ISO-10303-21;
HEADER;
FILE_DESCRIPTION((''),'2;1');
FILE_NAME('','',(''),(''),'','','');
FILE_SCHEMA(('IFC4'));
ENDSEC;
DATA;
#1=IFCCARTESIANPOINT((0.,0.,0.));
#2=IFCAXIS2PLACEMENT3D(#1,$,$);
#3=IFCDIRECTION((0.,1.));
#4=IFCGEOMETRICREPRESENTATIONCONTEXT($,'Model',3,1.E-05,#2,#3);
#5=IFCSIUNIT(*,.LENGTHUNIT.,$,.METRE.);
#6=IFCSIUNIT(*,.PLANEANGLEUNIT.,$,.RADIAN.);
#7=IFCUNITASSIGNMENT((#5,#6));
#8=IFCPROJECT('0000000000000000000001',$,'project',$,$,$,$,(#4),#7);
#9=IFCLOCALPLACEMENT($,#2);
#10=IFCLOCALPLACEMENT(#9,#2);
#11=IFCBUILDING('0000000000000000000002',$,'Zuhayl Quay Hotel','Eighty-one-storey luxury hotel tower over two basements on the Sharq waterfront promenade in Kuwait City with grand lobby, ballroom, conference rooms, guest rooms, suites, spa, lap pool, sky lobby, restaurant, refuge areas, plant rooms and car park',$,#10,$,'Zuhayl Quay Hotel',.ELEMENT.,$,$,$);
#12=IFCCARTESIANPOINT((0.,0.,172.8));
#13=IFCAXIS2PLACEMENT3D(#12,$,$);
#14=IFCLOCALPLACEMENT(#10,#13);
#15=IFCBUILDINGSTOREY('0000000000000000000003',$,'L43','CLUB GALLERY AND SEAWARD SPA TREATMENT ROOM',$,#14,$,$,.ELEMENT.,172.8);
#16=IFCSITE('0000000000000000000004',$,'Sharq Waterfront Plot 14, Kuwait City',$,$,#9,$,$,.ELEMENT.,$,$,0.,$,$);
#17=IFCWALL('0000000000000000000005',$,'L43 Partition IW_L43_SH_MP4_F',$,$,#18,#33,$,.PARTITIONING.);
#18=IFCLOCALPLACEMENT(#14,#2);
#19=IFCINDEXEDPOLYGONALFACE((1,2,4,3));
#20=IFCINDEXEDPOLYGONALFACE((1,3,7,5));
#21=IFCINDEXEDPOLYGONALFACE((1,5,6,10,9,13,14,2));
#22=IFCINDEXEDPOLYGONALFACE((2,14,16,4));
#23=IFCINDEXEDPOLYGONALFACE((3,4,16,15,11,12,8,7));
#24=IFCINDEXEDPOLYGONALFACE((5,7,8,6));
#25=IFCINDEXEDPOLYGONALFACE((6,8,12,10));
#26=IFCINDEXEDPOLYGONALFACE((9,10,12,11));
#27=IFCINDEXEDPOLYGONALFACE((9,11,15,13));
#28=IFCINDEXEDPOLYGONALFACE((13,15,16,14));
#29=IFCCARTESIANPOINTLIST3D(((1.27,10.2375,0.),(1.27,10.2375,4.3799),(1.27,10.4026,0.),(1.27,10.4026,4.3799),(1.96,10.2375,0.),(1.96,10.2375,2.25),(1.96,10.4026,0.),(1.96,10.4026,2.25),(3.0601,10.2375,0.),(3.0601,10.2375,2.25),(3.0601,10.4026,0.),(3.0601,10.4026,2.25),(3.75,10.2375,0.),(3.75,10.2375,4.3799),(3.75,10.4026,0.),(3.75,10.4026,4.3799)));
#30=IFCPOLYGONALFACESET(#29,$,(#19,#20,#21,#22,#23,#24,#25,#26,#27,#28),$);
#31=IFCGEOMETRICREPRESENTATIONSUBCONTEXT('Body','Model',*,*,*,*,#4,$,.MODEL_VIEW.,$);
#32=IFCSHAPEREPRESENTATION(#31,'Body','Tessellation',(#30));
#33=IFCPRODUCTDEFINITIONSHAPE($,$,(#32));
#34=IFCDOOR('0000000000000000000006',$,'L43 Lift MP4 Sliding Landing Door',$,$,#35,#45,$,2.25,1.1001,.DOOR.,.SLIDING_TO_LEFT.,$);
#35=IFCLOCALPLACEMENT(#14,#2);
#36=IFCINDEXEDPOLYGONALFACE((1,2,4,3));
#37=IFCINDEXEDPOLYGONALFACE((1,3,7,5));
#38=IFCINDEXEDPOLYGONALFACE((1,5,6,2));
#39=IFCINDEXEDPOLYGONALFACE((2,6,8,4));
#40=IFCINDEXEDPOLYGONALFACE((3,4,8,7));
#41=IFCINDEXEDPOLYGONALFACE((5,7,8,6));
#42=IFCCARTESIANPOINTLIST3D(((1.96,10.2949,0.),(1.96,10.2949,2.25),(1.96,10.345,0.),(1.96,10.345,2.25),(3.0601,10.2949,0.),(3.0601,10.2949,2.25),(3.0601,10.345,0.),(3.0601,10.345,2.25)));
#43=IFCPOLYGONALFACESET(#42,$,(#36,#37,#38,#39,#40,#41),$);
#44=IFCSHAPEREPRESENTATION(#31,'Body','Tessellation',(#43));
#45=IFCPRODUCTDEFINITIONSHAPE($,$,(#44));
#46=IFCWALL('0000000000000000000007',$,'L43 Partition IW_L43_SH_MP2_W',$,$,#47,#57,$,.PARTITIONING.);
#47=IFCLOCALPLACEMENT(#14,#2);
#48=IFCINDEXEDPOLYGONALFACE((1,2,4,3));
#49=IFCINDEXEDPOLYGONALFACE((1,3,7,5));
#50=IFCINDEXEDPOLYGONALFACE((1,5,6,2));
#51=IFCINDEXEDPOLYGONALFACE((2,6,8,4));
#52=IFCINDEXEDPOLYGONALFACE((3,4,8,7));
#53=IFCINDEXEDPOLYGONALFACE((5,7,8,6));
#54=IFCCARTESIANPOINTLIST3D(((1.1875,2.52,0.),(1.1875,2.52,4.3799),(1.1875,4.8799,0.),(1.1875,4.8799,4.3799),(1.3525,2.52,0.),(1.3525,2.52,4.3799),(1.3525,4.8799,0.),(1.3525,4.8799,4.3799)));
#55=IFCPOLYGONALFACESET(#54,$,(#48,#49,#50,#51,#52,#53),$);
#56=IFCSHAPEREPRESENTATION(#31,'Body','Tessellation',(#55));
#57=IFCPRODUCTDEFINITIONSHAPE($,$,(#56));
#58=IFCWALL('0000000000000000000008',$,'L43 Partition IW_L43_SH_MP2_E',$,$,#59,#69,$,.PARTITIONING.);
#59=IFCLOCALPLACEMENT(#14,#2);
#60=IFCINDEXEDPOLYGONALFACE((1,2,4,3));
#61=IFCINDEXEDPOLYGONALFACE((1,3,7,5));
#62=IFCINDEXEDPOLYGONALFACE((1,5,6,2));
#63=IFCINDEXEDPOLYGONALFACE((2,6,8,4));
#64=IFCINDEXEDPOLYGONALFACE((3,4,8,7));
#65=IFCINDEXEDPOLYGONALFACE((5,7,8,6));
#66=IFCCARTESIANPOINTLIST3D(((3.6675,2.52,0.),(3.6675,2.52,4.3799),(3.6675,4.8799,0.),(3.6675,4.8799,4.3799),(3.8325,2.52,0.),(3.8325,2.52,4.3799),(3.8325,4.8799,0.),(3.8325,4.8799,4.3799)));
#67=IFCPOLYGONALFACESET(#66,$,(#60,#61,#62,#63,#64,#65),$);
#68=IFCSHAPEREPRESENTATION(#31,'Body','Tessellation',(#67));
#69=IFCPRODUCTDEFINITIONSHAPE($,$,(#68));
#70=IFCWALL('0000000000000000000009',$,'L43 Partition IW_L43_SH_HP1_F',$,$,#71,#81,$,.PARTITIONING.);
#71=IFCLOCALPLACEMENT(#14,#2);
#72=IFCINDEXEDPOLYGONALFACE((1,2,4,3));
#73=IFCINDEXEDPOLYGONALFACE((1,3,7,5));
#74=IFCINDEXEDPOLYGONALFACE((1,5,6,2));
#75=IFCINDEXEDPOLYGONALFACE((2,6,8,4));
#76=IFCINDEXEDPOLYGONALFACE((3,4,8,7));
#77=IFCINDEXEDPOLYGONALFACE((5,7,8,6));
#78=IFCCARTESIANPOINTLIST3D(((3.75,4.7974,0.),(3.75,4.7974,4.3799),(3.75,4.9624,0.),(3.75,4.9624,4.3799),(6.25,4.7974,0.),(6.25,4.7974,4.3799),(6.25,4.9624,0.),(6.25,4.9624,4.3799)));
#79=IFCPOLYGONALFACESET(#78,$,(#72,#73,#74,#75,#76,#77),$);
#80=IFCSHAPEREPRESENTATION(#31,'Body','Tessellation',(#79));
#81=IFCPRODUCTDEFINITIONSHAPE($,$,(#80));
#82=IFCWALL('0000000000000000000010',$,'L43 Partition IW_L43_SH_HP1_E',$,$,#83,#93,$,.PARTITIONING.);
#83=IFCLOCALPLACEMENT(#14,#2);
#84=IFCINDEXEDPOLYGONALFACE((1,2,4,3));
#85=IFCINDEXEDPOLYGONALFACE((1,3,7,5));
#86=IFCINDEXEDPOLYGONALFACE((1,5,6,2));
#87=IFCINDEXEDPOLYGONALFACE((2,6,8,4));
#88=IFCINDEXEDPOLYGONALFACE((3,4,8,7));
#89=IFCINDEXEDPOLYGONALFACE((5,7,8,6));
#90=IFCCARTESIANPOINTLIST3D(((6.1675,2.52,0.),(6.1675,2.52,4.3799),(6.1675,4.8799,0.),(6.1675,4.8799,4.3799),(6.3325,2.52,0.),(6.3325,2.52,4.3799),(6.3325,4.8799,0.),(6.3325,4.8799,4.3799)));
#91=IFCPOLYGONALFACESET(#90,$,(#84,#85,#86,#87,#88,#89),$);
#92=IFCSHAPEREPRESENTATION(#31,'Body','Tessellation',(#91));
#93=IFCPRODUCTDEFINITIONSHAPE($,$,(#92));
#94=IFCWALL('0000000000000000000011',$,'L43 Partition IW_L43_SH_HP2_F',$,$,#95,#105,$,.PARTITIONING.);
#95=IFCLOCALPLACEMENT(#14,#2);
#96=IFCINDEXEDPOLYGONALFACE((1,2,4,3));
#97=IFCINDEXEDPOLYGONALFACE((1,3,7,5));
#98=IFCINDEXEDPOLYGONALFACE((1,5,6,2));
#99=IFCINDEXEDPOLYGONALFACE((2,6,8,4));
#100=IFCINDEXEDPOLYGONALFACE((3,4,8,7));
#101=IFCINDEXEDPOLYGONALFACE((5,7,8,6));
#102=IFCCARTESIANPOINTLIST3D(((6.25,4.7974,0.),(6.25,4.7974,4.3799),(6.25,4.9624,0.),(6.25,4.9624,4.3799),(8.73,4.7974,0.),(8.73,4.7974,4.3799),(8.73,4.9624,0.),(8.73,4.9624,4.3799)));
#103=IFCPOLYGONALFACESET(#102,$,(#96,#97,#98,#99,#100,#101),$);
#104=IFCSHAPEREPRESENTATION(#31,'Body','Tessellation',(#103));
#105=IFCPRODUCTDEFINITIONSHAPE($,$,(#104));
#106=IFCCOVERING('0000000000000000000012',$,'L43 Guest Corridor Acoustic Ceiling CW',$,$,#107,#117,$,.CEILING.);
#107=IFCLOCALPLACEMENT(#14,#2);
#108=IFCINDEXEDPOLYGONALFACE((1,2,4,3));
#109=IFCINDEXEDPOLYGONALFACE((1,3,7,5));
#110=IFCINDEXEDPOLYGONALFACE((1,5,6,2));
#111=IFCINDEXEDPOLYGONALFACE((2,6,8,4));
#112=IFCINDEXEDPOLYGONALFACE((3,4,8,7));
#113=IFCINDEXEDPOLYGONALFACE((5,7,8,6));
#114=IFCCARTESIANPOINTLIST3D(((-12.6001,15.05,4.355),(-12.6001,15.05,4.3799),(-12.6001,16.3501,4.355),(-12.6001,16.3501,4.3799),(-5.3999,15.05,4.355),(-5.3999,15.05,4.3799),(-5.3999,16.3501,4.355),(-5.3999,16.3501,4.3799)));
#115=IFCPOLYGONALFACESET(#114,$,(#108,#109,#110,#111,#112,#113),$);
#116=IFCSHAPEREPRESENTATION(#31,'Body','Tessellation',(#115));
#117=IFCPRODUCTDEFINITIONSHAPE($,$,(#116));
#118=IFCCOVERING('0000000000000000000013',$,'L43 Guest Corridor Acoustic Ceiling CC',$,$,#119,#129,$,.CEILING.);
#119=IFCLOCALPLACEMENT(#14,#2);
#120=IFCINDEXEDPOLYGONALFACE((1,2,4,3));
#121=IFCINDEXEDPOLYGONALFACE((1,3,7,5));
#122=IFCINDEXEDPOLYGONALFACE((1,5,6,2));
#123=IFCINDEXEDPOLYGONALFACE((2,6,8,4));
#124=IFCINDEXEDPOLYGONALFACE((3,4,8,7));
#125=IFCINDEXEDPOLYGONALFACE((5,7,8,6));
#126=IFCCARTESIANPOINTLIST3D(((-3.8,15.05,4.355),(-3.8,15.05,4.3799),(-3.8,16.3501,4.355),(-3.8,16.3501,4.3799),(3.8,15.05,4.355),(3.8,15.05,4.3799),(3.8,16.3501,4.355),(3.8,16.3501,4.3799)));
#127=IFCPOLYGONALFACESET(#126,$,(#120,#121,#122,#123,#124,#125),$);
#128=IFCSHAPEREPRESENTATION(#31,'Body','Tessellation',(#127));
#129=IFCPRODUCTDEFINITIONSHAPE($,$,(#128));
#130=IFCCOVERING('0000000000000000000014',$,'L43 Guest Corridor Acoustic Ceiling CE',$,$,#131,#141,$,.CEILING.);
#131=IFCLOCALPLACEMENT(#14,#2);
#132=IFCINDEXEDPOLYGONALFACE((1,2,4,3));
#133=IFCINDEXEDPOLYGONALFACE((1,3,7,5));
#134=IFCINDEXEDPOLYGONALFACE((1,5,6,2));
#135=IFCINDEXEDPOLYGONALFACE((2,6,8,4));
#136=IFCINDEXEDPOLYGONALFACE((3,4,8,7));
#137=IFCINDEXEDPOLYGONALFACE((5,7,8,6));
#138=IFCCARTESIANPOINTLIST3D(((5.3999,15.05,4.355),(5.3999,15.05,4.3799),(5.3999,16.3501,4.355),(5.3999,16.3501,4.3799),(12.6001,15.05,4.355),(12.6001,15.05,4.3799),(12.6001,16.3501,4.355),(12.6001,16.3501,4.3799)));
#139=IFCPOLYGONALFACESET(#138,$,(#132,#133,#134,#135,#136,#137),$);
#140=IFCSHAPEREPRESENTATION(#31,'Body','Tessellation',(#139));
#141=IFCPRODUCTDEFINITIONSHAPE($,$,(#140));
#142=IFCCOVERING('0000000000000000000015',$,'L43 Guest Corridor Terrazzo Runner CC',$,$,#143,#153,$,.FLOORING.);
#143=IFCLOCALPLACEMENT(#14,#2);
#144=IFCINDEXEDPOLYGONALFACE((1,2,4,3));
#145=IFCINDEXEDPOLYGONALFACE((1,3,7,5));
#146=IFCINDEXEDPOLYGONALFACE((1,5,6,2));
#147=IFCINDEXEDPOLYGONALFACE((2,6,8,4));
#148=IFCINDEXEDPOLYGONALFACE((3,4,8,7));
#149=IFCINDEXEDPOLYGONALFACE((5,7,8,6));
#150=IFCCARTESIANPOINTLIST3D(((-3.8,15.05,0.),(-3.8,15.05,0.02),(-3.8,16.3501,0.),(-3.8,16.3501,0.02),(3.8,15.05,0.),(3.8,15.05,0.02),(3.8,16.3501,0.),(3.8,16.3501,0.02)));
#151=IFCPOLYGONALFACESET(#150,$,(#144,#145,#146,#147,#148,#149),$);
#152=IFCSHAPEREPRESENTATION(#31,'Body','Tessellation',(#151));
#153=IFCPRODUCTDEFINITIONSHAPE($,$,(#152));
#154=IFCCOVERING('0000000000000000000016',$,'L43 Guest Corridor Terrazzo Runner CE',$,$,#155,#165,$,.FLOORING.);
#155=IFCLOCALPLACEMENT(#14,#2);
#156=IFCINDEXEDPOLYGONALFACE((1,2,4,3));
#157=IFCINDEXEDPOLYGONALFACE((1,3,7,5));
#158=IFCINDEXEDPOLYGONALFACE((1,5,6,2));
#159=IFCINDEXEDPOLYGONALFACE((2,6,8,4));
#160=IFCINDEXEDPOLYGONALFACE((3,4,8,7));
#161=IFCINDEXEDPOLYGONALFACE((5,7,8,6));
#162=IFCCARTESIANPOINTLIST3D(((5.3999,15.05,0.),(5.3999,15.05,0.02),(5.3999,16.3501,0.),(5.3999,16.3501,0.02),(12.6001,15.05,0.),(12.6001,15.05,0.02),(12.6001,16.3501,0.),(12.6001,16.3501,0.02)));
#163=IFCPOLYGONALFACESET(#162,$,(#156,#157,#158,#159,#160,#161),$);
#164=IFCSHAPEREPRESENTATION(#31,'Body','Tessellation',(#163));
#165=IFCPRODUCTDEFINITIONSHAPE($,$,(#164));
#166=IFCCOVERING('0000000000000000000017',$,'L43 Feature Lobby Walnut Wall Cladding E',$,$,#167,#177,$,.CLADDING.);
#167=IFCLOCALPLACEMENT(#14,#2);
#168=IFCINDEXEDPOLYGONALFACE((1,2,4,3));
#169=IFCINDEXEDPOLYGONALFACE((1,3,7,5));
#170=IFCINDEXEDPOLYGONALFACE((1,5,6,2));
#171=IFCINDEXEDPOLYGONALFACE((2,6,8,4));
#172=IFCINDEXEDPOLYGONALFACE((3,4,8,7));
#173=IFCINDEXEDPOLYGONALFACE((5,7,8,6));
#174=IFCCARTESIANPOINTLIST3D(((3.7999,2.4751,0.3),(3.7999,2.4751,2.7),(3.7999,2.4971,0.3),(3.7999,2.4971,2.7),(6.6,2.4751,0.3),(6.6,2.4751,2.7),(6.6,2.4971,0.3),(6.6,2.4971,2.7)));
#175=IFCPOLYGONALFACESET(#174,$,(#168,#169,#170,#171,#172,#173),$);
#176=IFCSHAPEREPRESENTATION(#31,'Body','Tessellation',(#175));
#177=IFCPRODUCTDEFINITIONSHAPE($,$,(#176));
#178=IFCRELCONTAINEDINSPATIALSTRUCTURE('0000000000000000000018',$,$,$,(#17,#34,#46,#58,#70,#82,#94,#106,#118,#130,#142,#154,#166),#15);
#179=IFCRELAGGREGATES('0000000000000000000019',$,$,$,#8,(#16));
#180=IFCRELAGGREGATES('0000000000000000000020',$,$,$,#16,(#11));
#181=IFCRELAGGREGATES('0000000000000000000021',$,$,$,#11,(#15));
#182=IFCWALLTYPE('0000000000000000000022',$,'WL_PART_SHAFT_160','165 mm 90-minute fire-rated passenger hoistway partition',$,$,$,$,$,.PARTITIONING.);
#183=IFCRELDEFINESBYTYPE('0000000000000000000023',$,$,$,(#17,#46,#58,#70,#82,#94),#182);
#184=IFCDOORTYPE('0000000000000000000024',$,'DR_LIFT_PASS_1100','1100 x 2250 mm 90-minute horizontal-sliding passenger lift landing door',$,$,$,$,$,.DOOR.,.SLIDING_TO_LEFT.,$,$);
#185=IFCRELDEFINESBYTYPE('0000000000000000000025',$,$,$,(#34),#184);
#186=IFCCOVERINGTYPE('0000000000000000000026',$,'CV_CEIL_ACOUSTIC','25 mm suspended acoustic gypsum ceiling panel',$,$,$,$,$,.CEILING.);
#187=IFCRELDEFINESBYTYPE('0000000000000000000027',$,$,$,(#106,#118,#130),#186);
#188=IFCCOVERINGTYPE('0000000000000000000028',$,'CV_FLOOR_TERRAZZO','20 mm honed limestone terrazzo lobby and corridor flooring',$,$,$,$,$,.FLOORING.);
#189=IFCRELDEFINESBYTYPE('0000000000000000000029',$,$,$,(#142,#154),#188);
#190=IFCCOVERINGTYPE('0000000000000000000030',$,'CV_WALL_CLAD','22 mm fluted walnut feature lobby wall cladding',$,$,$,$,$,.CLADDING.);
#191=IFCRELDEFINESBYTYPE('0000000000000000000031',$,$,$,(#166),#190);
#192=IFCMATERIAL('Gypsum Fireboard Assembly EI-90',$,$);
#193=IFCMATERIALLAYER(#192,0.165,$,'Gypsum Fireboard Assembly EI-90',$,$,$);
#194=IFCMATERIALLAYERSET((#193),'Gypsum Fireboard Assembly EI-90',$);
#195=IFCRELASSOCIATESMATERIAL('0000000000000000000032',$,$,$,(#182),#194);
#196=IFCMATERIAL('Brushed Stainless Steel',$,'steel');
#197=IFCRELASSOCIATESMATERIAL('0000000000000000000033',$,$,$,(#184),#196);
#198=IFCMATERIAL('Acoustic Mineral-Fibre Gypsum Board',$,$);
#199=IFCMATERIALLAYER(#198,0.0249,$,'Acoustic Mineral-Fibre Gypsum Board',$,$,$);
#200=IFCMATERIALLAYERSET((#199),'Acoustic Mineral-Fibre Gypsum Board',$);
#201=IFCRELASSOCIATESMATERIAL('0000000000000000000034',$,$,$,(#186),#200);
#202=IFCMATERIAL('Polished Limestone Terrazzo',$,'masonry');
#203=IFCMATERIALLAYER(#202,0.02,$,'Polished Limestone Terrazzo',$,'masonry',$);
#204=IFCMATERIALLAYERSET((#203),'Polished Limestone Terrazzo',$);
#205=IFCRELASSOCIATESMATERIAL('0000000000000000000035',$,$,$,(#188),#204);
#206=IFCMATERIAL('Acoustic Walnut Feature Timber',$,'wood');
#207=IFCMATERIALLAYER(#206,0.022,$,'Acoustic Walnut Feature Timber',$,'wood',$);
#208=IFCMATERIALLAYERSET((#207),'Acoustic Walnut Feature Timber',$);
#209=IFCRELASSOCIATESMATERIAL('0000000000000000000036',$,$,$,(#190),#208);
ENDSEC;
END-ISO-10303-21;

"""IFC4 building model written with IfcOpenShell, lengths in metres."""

from ifc_helpers import new_model, si_unit, direction, frame, frame_2d, origin, origin_2d, place, context, subcontext, project, spatial, polyline, rectangle, outline, extrude, material, layer, layer_set, type_object, element, fill, save


model = new_model("IFC4")

# Units and contexts
model_context = context("Model", 3, precision=1e-05, world=origin(), true_north=direction((0.0, 1.0)))
body_context = subcontext(model_context, "Body", "Model", "MODEL_VIEW")
ifc_project = project(units=[si_unit("LENGTHUNIT", "METRE"), si_unit("PLANEANGLEUNIT", "RADIAN")], contexts=[model_context])

# Site, building, storey
site_placement = place(None, origin())
site = spatial("IfcSite", under=ifc_project, at=site_placement, Name="Sharq Waterfront Plot 14, Kuwait City", CompositionType="ELEMENT", RefElevation=0.0)
building_placement = place(site_placement, origin())
building = spatial("IfcBuilding", under=site, at=building_placement, Name="Zuhayl Quay Hotel", Description="Eighty-one-storey luxury hotel tower over two basements on the Sharq waterfront promenade in Kuwait City with grand lobby, ballroom, conference rooms, guest rooms, suites, spa, lap pool, sky lobby, restaurant, refuge areas, plant rooms and car park", LongName="Zuhayl Quay Hotel", CompositionType="ELEMENT")
storey_placement = place(building_placement, frame((0.0, 0.0, 172.8)))
storey = spatial("IfcBuildingStorey", under=building, at=storey_placement, Name="L43", Description="CLUB GALLERY AND SEAWARD SPA TREATMENT ROOM", CompositionType="ELEMENT", Elevation=172.8)

# Wall, opening, door
ifc_material_1 = material(Name="Gypsum Fireboard Assembly EI-90")
ifc_layer_1 = layer(ifc_material_1, 0.165, Name="Gypsum Fireboard Assembly EI-90")
ifc_layer_set_1 = layer_set([ifc_layer_1], Name="Gypsum Fireboard Assembly EI-90")
wall_type_1 = type_object("IfcWallType", Name="WL_PART_SHAFT_160", Description="165 mm 90-minute fire-rated passenger hoistway partition", PredefinedType="PARTITIONING", material=ifc_layer_set_1)
ifc_material_2 = material(Name="Brushed Stainless Steel", Category="steel")
door_type_1 = type_object("IfcDoorType", Name="DR_LIFT_PASS_1100", Description="1100 x 2250 mm 90-minute horizontal-sliding passenger lift landing door", OperationType="SLIDING_TO_LEFT", PredefinedType="DOOR", material=ifc_material_2)
wall_1_placement = place(storey_placement, frame((1.27, 10.3201, 0.0), z_axis=(0.0, 0.0, 1.0), x_axis=(1.0, 0.0, 0.0)))
wall_1 = element("IfcWall", 1, at=wall_1_placement, inside=storey, type_object=wall_type_1, Name="L43 Partition IW_L43_SH_MP4_F", PredefinedType="PARTITIONING", context=body_context, shape_type="SweptSolid", body=[
    extrude(rectangle(XDim=2.48, YDim=0.165, at=frame_2d((1.24, 0.0))), origin(), (0.0, 0.0, 1.0), 4.3799),
])
opening_1_placement = place(wall_1_placement, frame((0.6899, 0.0, 0.0)))
opening_1 = element("IfcOpeningElement", 2, at=opening_1_placement, cuts=wall_1, PredefinedType="OPENING", context=body_context, shape_type="SweptSolid", body=[
    extrude(rectangle(XDim=1.1001, YDim=2.25, at=frame_2d((0.55, 1.125))), frame((0.0, 0.0925, 0.0), z_axis=(0.0, -1.0, 0.0), x_axis=(1.0, 0.0, 0.0)), (0.0, 0.0, 1.0), 0.1851),
])
door_1_placement = place(opening_1_placement, origin())
door_1 = element("IfcDoor", 3, at=door_1_placement, inside=storey, type_object=door_type_1, Name="L43 Lift MP4 Sliding Landing Door", OperationType="SLIDING_TO_LEFT", OverallHeight=2.25, OverallWidth=1.1001, PredefinedType="DOOR", context=body_context, shape_type="SweptSolid", body=[
    extrude(rectangle(XDim=1.1001, YDim=2.25, at=frame_2d((0.55, 1.125))), frame((0.0, 0.0249, 0.0), z_axis=(0.0, -1.0, 0.0), x_axis=(1.0, 0.0, 0.0)), (0.0, 0.0, 1.0), 0.05),
])
fill(opening_1, door_1)

# Walls
for number, where, z_axis, x_axis, name in (
    (4, (1.27, 2.52, 0.0), (0.0, 0.0, 1.0), (0.0, 1.0, 0.0), "L43 Partition IW_L43_SH_MP2_W"),
    (5, (3.75, 2.52, 0.0), (0.0, 0.0, 1.0), (0.0, 1.0, 0.0), "L43 Partition IW_L43_SH_MP2_E"),
):
    element("IfcWall", number, at=place(storey_placement, frame(where, z_axis=z_axis, x_axis=x_axis)), inside=storey, type_object=wall_type_1, Name=name, PredefinedType="PARTITIONING", context=body_context, shape_type="SweptSolid", body=[
        extrude(rectangle(XDim=2.3599, YDim=0.165, at=frame_2d((1.1799, 0.0))), origin(), (0.0, 0.0, 1.0), 4.3799),
    ])
wall_2_placement = place(storey_placement, frame((3.75, 4.8799, 0.0), z_axis=(0.0, 0.0, 1.0), x_axis=(1.0, 0.0, 0.0)))
element("IfcWall", 6, at=wall_2_placement, inside=storey, type_object=wall_type_1, Name="L43 Partition IW_L43_SH_HP1_F", PredefinedType="PARTITIONING", context=body_context, shape_type="SweptSolid", body=[
    extrude(rectangle(XDim=2.5, YDim=0.165, at=frame_2d((1.25, 0.0))), origin(), (0.0, 0.0, 1.0), 4.3799),
])
wall_3_placement = place(storey_placement, frame((6.25, 2.52, 0.0), z_axis=(0.0, 0.0, 1.0), x_axis=(0.0, 1.0, 0.0)))
element("IfcWall", 7, at=wall_3_placement, inside=storey, type_object=wall_type_1, Name="L43 Partition IW_L43_SH_HP1_E", PredefinedType="PARTITIONING", context=body_context, shape_type="SweptSolid", body=[
    extrude(rectangle(XDim=2.3599, YDim=0.165, at=frame_2d((1.1799, 0.0))), origin(), (0.0, 0.0, 1.0), 4.3799),
])
wall_4_placement = place(storey_placement, frame((6.25, 4.8799, 0.0), z_axis=(0.0, 0.0, 1.0), x_axis=(1.0, 0.0, 0.0)))
element("IfcWall", 8, at=wall_4_placement, inside=storey, type_object=wall_type_1, Name="L43 Partition IW_L43_SH_HP2_F", PredefinedType="PARTITIONING", context=body_context, shape_type="SweptSolid", body=[
    extrude(rectangle(XDim=2.48, YDim=0.165, at=frame_2d((1.24, 0.0))), origin(), (0.0, 0.0, 1.0), 4.3799),
])

# Coverings
ifc_material_3 = material(Name="Acoustic Mineral-Fibre Gypsum Board")
ifc_layer_2 = layer(ifc_material_3, 0.0249, Name="Acoustic Mineral-Fibre Gypsum Board")
ifc_layer_set_2 = layer_set([ifc_layer_2], Name="Acoustic Mineral-Fibre Gypsum Board")
covering_type_1 = type_object("IfcCoveringType", Name="CV_CEIL_ACOUSTIC", Description="25 mm suspended acoustic gypsum ceiling panel", PredefinedType="CEILING", material=ifc_layer_set_2)
covering_1_placement = place(storey_placement, frame((0.0, 0.0, 4.355)))
element("IfcCovering", 9, at=covering_1_placement, inside=storey, type_object=covering_type_1, Name="L43 Guest Corridor Acoustic Ceiling CW", PredefinedType="CEILING", context=body_context, shape_type="SweptSolid", body=[
    extrude(outline(polyline([(-12.6001, 15.05), (-5.3999, 15.05), (-5.3999, 16.3501), (-12.6001, 16.3501), (-12.6001, 15.05)])), origin(), (0.0, 0.0, 1.0), 0.0249),
])
covering_2_placement = place(storey_placement, frame((0.0, 0.0, 4.355)))
element("IfcCovering", 10, at=covering_2_placement, inside=storey, type_object=covering_type_1, Name="L43 Guest Corridor Acoustic Ceiling CC", PredefinedType="CEILING", context=body_context, shape_type="SweptSolid", body=[
    extrude(outline(polyline([(-3.8, 15.05), (3.8, 15.05), (3.8, 16.3501), (-3.8, 16.3501), (-3.8, 15.05)])), origin(), (0.0, 0.0, 1.0), 0.0249),
])
covering_3_placement = place(storey_placement, frame((0.0, 0.0, 4.355)))
element("IfcCovering", 11, at=covering_3_placement, inside=storey, type_object=covering_type_1, Name="L43 Guest Corridor Acoustic Ceiling CE", PredefinedType="CEILING", context=body_context, shape_type="SweptSolid", body=[
    extrude(outline(polyline([(5.3999, 15.05), (12.6001, 15.05), (12.6001, 16.3501), (5.3999, 16.3501), (5.3999, 15.05)])), origin(), (0.0, 0.0, 1.0), 0.0249),
])
ifc_material_4 = material(Name="Polished Limestone Terrazzo", Category="masonry")
ifc_layer_3 = layer(ifc_material_4, 0.02, Name="Polished Limestone Terrazzo", Category="masonry")
ifc_layer_set_3 = layer_set([ifc_layer_3], Name="Polished Limestone Terrazzo")
covering_type_2 = type_object("IfcCoveringType", Name="CV_FLOOR_TERRAZZO", Description="20 mm honed limestone terrazzo lobby and corridor flooring", PredefinedType="FLOORING", material=ifc_layer_set_3)
covering_4_placement = place(storey_placement, origin())
element("IfcCovering", 12, at=covering_4_placement, inside=storey, type_object=covering_type_2, Name="L43 Guest Corridor Terrazzo Runner CC", PredefinedType="FLOORING", context=body_context, shape_type="SweptSolid", body=[
    extrude(outline(polyline([(-3.8, 15.05), (3.8, 15.05), (3.8, 16.3501), (-3.8, 16.3501), (-3.8, 15.05)])), origin(), (0.0, 0.0, 1.0), 0.02),
])
covering_5_placement = place(storey_placement, origin())
element("IfcCovering", 13, at=covering_5_placement, inside=storey, type_object=covering_type_2, Name="L43 Guest Corridor Terrazzo Runner CE", PredefinedType="FLOORING", context=body_context, shape_type="SweptSolid", body=[
    extrude(outline(polyline([(5.3999, 15.05), (12.6001, 15.05), (12.6001, 16.3501), (5.3999, 16.3501), (5.3999, 15.05)])), origin(), (0.0, 0.0, 1.0), 0.02),
])
ifc_material_5 = material(Name="Acoustic Walnut Feature Timber", Category="wood")
ifc_layer_4 = layer(ifc_material_5, 0.022, Name="Acoustic Walnut Feature Timber", Category="wood")
ifc_layer_set_4 = layer_set([ifc_layer_4], Name="Acoustic Walnut Feature Timber")
covering_type_3 = type_object("IfcCoveringType", Name="CV_WALL_CLAD", Description="22 mm fluted walnut feature lobby wall cladding", PredefinedType="CLADDING", material=ifc_layer_set_4)
covering_6_placement = place(storey_placement, frame((5.2, 2.4861, 0.3), z_axis=(0.0, 0.0, 1.0), x_axis=(1.0, 0.0, 0.0)))
element("IfcCovering", 14, at=covering_6_placement, inside=storey, type_object=covering_type_3, Name="L43 Feature Lobby Walnut Wall Cladding E", PredefinedType="CLADDING", context=body_context, shape_type="SweptSolid", body=[
    extrude(rectangle(XDim=2.8, YDim=0.022, at=origin_2d()), origin(), (0.0, 0.0, 1.0), 2.3999),
])

save(model, "model.ifc")
